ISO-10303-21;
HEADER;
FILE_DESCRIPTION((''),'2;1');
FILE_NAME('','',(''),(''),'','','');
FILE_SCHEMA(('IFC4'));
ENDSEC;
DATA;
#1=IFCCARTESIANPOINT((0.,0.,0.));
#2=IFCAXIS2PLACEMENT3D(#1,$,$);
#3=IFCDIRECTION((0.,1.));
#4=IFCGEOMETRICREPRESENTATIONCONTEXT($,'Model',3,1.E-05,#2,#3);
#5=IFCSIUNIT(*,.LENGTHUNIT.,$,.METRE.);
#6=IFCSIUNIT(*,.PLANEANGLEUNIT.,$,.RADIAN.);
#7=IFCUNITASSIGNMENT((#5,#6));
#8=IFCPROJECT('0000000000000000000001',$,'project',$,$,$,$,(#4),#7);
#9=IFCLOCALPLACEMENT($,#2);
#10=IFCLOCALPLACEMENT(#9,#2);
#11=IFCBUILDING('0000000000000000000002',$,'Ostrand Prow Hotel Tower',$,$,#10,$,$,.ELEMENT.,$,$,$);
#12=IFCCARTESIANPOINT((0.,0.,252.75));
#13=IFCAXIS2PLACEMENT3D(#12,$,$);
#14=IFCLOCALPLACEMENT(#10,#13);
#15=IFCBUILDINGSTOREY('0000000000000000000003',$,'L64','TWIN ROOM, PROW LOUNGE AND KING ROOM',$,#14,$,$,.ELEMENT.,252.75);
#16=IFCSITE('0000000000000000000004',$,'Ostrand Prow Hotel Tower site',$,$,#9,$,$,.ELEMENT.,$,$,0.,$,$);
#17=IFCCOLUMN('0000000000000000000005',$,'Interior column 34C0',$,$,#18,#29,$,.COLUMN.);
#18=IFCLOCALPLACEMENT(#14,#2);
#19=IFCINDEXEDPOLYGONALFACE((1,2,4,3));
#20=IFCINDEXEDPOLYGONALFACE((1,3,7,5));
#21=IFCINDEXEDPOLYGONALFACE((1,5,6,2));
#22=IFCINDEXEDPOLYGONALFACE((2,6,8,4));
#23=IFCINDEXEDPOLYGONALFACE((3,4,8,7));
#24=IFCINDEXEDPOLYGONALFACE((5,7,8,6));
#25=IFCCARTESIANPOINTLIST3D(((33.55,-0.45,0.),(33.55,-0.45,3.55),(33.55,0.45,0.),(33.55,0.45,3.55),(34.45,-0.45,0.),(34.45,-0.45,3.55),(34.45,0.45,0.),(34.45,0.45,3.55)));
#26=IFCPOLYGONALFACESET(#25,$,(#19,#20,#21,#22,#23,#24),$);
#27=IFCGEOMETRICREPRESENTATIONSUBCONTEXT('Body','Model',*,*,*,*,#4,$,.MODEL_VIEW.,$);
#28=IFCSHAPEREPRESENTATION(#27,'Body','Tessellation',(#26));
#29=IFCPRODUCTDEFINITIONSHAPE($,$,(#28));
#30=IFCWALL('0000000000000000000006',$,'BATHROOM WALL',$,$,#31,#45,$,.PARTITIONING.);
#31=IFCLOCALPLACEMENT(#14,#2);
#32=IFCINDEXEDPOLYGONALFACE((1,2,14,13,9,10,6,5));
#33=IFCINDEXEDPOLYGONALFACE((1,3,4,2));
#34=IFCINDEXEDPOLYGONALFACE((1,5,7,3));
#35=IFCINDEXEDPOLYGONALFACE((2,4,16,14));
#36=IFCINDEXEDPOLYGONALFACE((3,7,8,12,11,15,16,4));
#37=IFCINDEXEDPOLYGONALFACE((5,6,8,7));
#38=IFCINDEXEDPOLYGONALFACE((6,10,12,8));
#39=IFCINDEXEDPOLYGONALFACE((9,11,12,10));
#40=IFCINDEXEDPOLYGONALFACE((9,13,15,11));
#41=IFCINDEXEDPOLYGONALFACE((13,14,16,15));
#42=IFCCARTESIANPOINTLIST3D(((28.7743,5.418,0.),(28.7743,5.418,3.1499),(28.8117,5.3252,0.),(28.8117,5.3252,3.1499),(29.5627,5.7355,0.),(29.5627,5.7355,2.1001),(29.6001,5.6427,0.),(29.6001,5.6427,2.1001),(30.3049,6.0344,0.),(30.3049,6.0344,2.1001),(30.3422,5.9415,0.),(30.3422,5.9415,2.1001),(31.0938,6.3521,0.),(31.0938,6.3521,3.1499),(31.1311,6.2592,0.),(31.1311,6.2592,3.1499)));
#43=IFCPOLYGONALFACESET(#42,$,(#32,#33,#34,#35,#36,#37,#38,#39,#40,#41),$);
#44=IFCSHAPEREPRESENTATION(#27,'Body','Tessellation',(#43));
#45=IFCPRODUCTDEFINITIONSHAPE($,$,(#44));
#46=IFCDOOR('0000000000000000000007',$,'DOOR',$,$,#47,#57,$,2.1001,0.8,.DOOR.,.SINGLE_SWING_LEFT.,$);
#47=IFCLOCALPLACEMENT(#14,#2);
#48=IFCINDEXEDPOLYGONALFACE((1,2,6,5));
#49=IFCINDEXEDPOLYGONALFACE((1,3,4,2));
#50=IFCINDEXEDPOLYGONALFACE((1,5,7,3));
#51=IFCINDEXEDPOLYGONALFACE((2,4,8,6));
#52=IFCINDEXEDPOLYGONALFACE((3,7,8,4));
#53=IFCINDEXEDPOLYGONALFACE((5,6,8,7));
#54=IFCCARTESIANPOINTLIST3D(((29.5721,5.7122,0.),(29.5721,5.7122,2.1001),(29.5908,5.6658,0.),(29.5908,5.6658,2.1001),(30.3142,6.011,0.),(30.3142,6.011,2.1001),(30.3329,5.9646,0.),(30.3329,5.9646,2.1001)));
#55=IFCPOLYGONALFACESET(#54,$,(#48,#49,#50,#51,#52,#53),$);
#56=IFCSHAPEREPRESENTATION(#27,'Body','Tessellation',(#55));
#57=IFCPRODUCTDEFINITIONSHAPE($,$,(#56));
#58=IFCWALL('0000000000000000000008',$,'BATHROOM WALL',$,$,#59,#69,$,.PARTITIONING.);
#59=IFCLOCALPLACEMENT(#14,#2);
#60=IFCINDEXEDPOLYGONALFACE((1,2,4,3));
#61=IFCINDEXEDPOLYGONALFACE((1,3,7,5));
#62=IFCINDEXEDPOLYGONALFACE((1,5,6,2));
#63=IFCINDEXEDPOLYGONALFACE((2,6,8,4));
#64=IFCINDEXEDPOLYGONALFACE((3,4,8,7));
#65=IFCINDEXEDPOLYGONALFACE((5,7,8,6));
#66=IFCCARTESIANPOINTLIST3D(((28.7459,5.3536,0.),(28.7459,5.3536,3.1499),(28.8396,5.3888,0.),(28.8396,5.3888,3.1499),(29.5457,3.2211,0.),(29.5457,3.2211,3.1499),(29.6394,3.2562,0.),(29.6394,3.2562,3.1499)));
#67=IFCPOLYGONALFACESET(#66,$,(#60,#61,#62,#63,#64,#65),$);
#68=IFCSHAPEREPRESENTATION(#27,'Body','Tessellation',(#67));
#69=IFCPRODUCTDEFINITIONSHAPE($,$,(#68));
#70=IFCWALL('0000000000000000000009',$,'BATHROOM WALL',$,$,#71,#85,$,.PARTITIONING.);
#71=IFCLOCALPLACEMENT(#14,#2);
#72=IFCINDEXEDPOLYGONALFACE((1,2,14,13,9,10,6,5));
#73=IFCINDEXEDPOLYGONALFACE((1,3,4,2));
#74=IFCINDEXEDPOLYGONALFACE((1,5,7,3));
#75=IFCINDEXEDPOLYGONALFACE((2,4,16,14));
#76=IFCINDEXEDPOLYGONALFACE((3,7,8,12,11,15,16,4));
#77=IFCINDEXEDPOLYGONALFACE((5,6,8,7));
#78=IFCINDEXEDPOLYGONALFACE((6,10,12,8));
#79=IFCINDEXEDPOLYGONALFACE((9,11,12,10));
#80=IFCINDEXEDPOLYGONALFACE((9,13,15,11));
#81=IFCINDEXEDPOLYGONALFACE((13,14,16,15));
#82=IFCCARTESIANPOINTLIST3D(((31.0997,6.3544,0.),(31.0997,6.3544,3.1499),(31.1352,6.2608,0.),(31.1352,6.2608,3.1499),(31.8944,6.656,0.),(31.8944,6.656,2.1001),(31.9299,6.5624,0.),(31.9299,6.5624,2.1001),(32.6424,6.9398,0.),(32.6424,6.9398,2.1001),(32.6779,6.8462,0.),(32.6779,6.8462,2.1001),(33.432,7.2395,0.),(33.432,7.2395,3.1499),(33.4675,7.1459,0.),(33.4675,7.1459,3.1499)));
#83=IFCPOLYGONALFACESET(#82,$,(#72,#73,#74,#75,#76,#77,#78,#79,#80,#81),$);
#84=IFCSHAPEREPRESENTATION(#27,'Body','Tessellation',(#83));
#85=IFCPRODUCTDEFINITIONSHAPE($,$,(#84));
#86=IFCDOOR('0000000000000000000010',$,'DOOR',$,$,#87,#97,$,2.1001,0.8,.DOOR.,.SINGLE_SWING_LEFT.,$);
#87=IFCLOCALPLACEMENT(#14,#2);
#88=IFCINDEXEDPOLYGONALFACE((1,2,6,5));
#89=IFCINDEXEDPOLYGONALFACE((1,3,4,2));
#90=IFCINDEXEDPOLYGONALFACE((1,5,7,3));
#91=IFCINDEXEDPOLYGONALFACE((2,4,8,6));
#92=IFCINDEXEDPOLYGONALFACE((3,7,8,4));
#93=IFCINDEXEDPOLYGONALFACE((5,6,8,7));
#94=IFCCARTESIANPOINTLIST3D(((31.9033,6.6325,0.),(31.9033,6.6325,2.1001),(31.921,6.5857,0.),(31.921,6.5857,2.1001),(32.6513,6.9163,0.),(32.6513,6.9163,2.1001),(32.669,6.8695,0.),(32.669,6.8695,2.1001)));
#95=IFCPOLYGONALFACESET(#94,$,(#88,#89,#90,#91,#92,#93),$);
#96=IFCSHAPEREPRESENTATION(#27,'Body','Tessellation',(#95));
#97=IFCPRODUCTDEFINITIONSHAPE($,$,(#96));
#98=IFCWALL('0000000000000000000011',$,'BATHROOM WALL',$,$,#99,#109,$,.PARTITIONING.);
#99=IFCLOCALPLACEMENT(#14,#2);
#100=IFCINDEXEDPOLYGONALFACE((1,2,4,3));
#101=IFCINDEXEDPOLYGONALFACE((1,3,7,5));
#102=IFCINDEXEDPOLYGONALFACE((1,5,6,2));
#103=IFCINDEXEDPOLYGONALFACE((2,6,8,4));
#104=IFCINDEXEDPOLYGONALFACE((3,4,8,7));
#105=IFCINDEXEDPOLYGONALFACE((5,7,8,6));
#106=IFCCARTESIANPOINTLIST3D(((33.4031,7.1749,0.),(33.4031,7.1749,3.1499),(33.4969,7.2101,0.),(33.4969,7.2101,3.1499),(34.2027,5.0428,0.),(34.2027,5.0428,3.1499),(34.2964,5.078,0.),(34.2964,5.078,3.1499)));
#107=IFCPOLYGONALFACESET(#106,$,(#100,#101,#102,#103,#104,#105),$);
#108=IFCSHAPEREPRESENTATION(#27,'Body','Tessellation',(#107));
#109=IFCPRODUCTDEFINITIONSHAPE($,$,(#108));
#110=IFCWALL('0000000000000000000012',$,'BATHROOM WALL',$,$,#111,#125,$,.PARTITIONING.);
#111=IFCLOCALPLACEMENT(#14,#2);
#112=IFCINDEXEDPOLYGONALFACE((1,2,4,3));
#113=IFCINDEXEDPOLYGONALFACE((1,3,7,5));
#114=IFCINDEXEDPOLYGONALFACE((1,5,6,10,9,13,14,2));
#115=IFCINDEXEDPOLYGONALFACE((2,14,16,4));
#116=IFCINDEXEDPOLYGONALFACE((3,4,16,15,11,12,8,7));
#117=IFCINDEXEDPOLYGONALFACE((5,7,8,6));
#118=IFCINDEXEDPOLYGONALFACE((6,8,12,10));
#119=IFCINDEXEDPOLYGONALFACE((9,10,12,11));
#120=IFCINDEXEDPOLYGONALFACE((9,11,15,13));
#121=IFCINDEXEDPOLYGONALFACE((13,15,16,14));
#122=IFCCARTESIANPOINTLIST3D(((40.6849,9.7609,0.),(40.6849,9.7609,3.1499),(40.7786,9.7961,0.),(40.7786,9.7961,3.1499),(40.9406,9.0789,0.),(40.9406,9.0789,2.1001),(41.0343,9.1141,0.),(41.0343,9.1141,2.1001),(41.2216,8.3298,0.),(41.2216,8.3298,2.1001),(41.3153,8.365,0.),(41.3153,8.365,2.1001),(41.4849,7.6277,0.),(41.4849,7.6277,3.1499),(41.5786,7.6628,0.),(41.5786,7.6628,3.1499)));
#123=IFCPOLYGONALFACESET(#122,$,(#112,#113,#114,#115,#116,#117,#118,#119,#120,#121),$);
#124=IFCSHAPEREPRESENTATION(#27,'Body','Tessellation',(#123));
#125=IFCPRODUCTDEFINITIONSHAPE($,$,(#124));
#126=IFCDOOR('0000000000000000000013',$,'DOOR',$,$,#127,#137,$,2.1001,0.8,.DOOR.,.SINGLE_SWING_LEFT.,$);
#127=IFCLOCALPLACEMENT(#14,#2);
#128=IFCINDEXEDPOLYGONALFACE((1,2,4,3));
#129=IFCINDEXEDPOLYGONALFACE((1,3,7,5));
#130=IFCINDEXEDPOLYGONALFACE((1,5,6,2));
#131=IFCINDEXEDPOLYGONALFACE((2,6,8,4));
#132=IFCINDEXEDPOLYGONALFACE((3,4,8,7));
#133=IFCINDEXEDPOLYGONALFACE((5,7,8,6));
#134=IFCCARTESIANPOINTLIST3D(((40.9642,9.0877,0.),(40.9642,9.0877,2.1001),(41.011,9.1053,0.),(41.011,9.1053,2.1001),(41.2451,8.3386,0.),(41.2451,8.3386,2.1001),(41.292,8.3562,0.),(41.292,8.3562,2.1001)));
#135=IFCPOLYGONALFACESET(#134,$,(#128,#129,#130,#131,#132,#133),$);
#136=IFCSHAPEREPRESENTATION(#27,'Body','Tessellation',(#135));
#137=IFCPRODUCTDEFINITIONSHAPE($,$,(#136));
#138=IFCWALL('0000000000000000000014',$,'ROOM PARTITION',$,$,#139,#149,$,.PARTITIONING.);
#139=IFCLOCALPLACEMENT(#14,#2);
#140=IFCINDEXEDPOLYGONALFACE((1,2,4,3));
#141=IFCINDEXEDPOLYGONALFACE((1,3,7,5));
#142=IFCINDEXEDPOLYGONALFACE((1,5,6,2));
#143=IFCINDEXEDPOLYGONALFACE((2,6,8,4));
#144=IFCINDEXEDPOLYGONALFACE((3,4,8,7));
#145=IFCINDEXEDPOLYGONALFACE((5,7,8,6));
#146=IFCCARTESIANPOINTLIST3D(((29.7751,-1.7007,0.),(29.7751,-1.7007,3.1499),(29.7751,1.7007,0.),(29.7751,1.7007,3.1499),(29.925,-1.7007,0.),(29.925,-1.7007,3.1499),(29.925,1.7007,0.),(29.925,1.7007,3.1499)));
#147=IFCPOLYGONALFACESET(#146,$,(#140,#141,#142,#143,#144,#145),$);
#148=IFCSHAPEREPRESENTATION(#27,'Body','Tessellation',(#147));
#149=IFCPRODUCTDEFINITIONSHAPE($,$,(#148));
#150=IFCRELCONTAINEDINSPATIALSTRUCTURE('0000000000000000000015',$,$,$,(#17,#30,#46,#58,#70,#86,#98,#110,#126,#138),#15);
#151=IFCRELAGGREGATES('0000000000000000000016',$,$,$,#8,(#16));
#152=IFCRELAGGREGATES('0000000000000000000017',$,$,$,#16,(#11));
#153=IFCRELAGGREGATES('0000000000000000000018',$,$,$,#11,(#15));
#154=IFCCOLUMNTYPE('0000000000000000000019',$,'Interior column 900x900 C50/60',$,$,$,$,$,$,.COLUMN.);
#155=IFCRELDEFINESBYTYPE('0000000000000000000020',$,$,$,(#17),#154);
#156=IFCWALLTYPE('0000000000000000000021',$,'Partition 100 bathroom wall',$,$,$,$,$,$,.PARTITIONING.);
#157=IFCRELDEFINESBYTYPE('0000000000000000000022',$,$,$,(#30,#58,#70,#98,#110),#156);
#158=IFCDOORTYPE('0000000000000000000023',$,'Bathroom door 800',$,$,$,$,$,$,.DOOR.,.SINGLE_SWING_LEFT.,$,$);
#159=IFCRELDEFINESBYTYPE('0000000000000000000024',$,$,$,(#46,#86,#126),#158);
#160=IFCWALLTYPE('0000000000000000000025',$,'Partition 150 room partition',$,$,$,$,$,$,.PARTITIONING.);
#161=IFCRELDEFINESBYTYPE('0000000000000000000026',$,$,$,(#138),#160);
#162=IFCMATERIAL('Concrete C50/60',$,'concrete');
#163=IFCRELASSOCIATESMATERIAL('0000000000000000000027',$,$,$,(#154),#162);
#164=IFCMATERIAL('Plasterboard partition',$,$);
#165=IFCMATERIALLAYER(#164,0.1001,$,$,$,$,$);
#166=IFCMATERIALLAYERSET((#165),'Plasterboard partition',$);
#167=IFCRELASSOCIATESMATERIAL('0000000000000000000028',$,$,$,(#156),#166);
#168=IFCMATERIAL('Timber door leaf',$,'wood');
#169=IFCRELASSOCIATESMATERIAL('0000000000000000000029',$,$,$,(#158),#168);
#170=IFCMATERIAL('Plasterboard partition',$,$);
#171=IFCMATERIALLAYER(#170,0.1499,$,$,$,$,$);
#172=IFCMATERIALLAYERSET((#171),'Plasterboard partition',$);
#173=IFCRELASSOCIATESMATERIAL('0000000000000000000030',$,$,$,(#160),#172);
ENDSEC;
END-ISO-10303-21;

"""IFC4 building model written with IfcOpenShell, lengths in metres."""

from ifc_helpers import new_model, si_unit, direction, frame, frame_2d, origin, origin_2d, place, context, subcontext, project, spatial, rectangle, extrude, material, layer, layer_set, material_profile, profile_set, type_object, element, fill, save


model = new_model("IFC4")

# Units and contexts
model_context = context("Model", 3, precision=1e-05, world=origin(), true_north=direction((0.0, 1.0)))
body_context = subcontext(model_context, "Body", "Model", "MODEL_VIEW")
ifc_project = project(units=[si_unit("LENGTHUNIT", "METRE"), si_unit("PLANEANGLEUNIT", "RADIAN")], contexts=[model_context])

# Site, building, storey
site_placement = place(None, origin())
site = spatial("IfcSite", under=ifc_project, at=site_placement, Name="Ostrand Prow Hotel Tower site", CompositionType="ELEMENT", RefElevation=0.0)
building_placement = place(site_placement, origin())
building = spatial("IfcBuilding", under=site, at=building_placement, Name="Ostrand Prow Hotel Tower", CompositionType="ELEMENT")
storey_placement = place(building_placement, frame((0.0, 0.0, 252.75)))
storey = spatial("IfcBuildingStorey", under=building, at=storey_placement, Name="L64", Description="TWIN ROOM, PROW LOUNGE AND KING ROOM", CompositionType="ELEMENT", Elevation=252.75)

# Column
ifc_material_1 = material(Name="Concrete C50/60", Category="concrete")
ifc_material_profile = material_profile(ifc_material_1, rectangle(XDim=0.8999, YDim=0.8999, at=origin_2d()), Name="RC 900x900")
ifc_profile_set = profile_set([ifc_material_profile], Name="Concrete C50/60")
column_type = type_object("IfcColumnType", Name="Interior column 900x900 C50/60", PredefinedType="COLUMN", material=ifc_profile_set)
column_placement = place(storey_placement, frame((34.0, 0.0, 0.0), z_axis=(0.0, 0.0, 1.0), x_axis=(1.0, 0.0, 0.0)))
element("IfcColumn", 1, at=column_placement, inside=storey, type_object=column_type, Name="Interior column 34C0", PredefinedType="COLUMN", context=body_context, shape_type="SweptSolid", body=[
    extrude(rectangle(XDim=0.8999, YDim=0.8999, at=origin_2d()), origin(), (0.0, 0.0, 1.0), 3.55),
])

# Wall, opening, door
ifc_material_2 = material(Name="Plasterboard partition")
ifc_layer_1 = layer(ifc_material_2, 0.1001)
ifc_layer_set_1 = layer_set([ifc_layer_1], Name="Plasterboard partition")
wall_type_1 = type_object("IfcWallType", Name="Partition 100 bathroom wall", PredefinedType="PARTITIONING", material=ifc_layer_set_1)
wall_1_placement = place(storey_placement, frame((28.793, 5.3716, 0.0), z_axis=(0.0, 0.0, 1.0), x_axis=(0.927612, 0.373544, 0.0)))
wall_1 = element("IfcWall", 2, at=wall_1_placement, inside=storey, type_object=wall_type_1, Name="BATHROOM WALL", PredefinedType="PARTITIONING", context=body_context, shape_type="SweptSolid", body=[
    extrude(rectangle(XDim=2.5005, YDim=0.1001, at=frame_2d((1.2502, 0.0))), origin(), (0.0, 0.0, 1.0), 3.1499),
])
opening_1_placement = place(wall_1_placement, frame((0.8501, 0.0, 0.0)))
opening_1 = element("IfcOpeningElement", 3, at=opening_1_placement, cuts=wall_1, PredefinedType="OPENING", context=body_context, shape_type="SweptSolid", body=[
    extrude(rectangle(XDim=0.8, YDim=2.1001, at=frame_2d((0.3999, 1.05))), frame((0.0, 0.0601, 0.0), z_axis=(0.0, -1.0, 0.0), x_axis=(1.0, 0.0, 0.0)), (0.0, 0.0, 1.0), 0.1201),
])
ifc_material_3 = material(Name="Timber door leaf", Category="wood")
door_type_1 = type_object("IfcDoorType", Name="Bathroom door 800", OperationType="SINGLE_SWING_LEFT", PredefinedType="DOOR", material=ifc_material_3)
door_1_placement = place(opening_1_placement, origin())
door_1 = element("IfcDoor", 4, at=door_1_placement, inside=storey, type_object=door_type_1, Name="DOOR", OperationType="SINGLE_SWING_LEFT", OverallHeight=2.1001, OverallWidth=0.8, PredefinedType="DOOR", context=body_context, shape_type="SweptSolid", body=[
    extrude(rectangle(XDim=0.8, YDim=2.1001, at=frame_2d((0.3999, 1.05))), frame((0.0, 0.0249, 0.0), z_axis=(0.0, -1.0, 0.0), x_axis=(1.0, 0.0, 0.0)), (0.0, 0.0, 1.0), 0.05),
])
fill(opening_1, door_1)

# Wall
wall_2_placement = place(storey_placement, frame((29.5925, 3.2388, 0.0), z_axis=(0.0, 0.0, 1.0), x_axis=(-0.351159, 0.936316, 0.0)))
element("IfcWall", 5, at=wall_2_placement, inside=storey, type_object=wall_type_1, Name="BATHROOM WALL", PredefinedType="PARTITIONING", context=body_context, shape_type="SweptSolid", body=[
    extrude(rectangle(XDim=2.2776, YDim=0.1001, at=frame_2d((1.1387, 0.0))), origin(), (0.0, 0.0, 1.0), 3.1499),
])

# Wall, opening, door
wall_3_placement = place(storey_placement, frame((31.1174, 6.3076, 0.0), z_axis=(0.0, 0.0, 1.0), x_axis=(0.934951, 0.354778, 0.0)))
wall_3 = element("IfcWall", 6, at=wall_3_placement, inside=storey, type_object=wall_type_1, Name="BATHROOM WALL", PredefinedType="PARTITIONING", context=body_context, shape_type="SweptSolid", body=[
    extrude(rectangle(XDim=2.4946, YDim=0.1001, at=frame_2d((1.2473, 0.0))), origin(), (0.0, 0.0, 1.0), 3.1499),
])
opening_2_placement = place(wall_3_placement, frame((0.8501, 0.0, 0.0)))
opening_2 = element("IfcOpeningElement", 7, at=opening_2_placement, cuts=wall_3, PredefinedType="OPENING", context=body_context, shape_type="SweptSolid", body=[
    extrude(rectangle(XDim=0.8, YDim=2.1001, at=frame_2d((0.3999, 1.05))), frame((0.0, 0.0601, 0.0), z_axis=(0.0, -1.0, 0.0), x_axis=(1.0, 0.0, 0.0)), (0.0, 0.0, 1.0), 0.1201),
])
door_2_placement = place(opening_2_placement, origin())
door_2 = element("IfcDoor", 8, at=door_2_placement, inside=storey, type_object=door_type_1, Name="DOOR", OperationType="SINGLE_SWING_LEFT", OverallHeight=2.1001, OverallWidth=0.8, PredefinedType="DOOR", context=body_context, shape_type="SweptSolid", body=[
    extrude(rectangle(XDim=0.8, YDim=2.1001, at=frame_2d((0.3999, 1.05))), frame((0.0, 0.0249, 0.0), z_axis=(0.0, -1.0, 0.0), x_axis=(1.0, 0.0, 0.0)), (0.0, 0.0, 1.0), 0.05),
])
fill(opening_2, door_2)

# Wall
wall_4_placement = place(storey_placement, frame((33.45, 7.1926, 0.0), z_axis=(0.0, 0.0, 1.0), x_axis=(0.351135, -0.936325, 0.0)))
element("IfcWall", 9, at=wall_4_placement, inside=storey, type_object=wall_type_1, Name="BATHROOM WALL", PredefinedType="PARTITIONING", context=body_context, shape_type="SweptSolid", body=[
    extrude(rectangle(XDim=2.2771, YDim=0.1001, at=frame_2d((1.1387, 0.0))), origin(), (0.0, 0.0, 1.0), 3.1499),
])

# Wall, opening, door
wall_5_placement = place(storey_placement, frame((41.5317, 7.6453, 0.0), z_axis=(0.0, 0.0, 1.0), x_axis=(-0.351147, 0.93632, 0.0)))
wall_5 = element("IfcWall", 10, at=wall_5_placement, inside=storey, type_object=wall_type_1, Name="BATHROOM WALL", PredefinedType="PARTITIONING", context=body_context, shape_type="SweptSolid", body=[
    extrude(rectangle(XDim=2.2783, YDim=0.1001, at=frame_2d((1.1392, 0.0))), origin(), (0.0, 0.0, 1.0), 3.1499),
])
opening_3_placement = place(wall_5_placement, frame((0.75, 0.0, 0.0)))
opening_3 = element("IfcOpeningElement", 11, at=opening_3_placement, cuts=wall_5, PredefinedType="OPENING", context=body_context, shape_type="SweptSolid", body=[
    extrude(rectangle(XDim=0.8, YDim=2.1001, at=frame_2d((0.3999, 1.05))), frame((0.0, 0.0601, 0.0), z_axis=(0.0, -1.0, 0.0), x_axis=(1.0, 0.0, 0.0)), (0.0, 0.0, 1.0), 0.1201),
])
door_3_placement = place(opening_3_placement, origin())
door_3 = element("IfcDoor", 12, at=door_3_placement, inside=storey, type_object=door_type_1, Name="DOOR", OperationType="SINGLE_SWING_LEFT", OverallHeight=2.1001, OverallWidth=0.8, PredefinedType="DOOR", context=body_context, shape_type="SweptSolid", body=[
    extrude(rectangle(XDim=0.8, YDim=2.1001, at=frame_2d((0.3999, 1.05))), frame((0.0, 0.0249, 0.0), z_axis=(0.0, -1.0, 0.0), x_axis=(1.0, 0.0, 0.0)), (0.0, 0.0, 1.0), 0.05),
])
fill(opening_3, door_3)

# Wall
ifc_material_4 = material(Name="Plasterboard partition")
ifc_layer_2 = layer(ifc_material_4, 0.1499)
ifc_layer_set_2 = layer_set([ifc_layer_2], Name="Plasterboard partition")
wall_type_2 = type_object("IfcWallType", Name="Partition 150 room partition", PredefinedType="PARTITIONING", material=ifc_layer_set_2)
wall_6_placement = place(storey_placement, frame((29.8501, -1.7007, 0.0), z_axis=(0.0, 0.0, 1.0), x_axis=(0.0, 1.0, 0.0)))
element("IfcWall", 13, at=wall_6_placement, inside=storey, type_object=wall_type_2, Name="ROOM PARTITION", PredefinedType="PARTITIONING", context=body_context, shape_type="SweptSolid", body=[
    extrude(rectangle(XDim=3.4014, YDim=0.1499, at=frame_2d((1.7007, 0.0))), origin(), (0.0, 0.0, 1.0), 3.1499),
])

save(model, "model.ifc")
